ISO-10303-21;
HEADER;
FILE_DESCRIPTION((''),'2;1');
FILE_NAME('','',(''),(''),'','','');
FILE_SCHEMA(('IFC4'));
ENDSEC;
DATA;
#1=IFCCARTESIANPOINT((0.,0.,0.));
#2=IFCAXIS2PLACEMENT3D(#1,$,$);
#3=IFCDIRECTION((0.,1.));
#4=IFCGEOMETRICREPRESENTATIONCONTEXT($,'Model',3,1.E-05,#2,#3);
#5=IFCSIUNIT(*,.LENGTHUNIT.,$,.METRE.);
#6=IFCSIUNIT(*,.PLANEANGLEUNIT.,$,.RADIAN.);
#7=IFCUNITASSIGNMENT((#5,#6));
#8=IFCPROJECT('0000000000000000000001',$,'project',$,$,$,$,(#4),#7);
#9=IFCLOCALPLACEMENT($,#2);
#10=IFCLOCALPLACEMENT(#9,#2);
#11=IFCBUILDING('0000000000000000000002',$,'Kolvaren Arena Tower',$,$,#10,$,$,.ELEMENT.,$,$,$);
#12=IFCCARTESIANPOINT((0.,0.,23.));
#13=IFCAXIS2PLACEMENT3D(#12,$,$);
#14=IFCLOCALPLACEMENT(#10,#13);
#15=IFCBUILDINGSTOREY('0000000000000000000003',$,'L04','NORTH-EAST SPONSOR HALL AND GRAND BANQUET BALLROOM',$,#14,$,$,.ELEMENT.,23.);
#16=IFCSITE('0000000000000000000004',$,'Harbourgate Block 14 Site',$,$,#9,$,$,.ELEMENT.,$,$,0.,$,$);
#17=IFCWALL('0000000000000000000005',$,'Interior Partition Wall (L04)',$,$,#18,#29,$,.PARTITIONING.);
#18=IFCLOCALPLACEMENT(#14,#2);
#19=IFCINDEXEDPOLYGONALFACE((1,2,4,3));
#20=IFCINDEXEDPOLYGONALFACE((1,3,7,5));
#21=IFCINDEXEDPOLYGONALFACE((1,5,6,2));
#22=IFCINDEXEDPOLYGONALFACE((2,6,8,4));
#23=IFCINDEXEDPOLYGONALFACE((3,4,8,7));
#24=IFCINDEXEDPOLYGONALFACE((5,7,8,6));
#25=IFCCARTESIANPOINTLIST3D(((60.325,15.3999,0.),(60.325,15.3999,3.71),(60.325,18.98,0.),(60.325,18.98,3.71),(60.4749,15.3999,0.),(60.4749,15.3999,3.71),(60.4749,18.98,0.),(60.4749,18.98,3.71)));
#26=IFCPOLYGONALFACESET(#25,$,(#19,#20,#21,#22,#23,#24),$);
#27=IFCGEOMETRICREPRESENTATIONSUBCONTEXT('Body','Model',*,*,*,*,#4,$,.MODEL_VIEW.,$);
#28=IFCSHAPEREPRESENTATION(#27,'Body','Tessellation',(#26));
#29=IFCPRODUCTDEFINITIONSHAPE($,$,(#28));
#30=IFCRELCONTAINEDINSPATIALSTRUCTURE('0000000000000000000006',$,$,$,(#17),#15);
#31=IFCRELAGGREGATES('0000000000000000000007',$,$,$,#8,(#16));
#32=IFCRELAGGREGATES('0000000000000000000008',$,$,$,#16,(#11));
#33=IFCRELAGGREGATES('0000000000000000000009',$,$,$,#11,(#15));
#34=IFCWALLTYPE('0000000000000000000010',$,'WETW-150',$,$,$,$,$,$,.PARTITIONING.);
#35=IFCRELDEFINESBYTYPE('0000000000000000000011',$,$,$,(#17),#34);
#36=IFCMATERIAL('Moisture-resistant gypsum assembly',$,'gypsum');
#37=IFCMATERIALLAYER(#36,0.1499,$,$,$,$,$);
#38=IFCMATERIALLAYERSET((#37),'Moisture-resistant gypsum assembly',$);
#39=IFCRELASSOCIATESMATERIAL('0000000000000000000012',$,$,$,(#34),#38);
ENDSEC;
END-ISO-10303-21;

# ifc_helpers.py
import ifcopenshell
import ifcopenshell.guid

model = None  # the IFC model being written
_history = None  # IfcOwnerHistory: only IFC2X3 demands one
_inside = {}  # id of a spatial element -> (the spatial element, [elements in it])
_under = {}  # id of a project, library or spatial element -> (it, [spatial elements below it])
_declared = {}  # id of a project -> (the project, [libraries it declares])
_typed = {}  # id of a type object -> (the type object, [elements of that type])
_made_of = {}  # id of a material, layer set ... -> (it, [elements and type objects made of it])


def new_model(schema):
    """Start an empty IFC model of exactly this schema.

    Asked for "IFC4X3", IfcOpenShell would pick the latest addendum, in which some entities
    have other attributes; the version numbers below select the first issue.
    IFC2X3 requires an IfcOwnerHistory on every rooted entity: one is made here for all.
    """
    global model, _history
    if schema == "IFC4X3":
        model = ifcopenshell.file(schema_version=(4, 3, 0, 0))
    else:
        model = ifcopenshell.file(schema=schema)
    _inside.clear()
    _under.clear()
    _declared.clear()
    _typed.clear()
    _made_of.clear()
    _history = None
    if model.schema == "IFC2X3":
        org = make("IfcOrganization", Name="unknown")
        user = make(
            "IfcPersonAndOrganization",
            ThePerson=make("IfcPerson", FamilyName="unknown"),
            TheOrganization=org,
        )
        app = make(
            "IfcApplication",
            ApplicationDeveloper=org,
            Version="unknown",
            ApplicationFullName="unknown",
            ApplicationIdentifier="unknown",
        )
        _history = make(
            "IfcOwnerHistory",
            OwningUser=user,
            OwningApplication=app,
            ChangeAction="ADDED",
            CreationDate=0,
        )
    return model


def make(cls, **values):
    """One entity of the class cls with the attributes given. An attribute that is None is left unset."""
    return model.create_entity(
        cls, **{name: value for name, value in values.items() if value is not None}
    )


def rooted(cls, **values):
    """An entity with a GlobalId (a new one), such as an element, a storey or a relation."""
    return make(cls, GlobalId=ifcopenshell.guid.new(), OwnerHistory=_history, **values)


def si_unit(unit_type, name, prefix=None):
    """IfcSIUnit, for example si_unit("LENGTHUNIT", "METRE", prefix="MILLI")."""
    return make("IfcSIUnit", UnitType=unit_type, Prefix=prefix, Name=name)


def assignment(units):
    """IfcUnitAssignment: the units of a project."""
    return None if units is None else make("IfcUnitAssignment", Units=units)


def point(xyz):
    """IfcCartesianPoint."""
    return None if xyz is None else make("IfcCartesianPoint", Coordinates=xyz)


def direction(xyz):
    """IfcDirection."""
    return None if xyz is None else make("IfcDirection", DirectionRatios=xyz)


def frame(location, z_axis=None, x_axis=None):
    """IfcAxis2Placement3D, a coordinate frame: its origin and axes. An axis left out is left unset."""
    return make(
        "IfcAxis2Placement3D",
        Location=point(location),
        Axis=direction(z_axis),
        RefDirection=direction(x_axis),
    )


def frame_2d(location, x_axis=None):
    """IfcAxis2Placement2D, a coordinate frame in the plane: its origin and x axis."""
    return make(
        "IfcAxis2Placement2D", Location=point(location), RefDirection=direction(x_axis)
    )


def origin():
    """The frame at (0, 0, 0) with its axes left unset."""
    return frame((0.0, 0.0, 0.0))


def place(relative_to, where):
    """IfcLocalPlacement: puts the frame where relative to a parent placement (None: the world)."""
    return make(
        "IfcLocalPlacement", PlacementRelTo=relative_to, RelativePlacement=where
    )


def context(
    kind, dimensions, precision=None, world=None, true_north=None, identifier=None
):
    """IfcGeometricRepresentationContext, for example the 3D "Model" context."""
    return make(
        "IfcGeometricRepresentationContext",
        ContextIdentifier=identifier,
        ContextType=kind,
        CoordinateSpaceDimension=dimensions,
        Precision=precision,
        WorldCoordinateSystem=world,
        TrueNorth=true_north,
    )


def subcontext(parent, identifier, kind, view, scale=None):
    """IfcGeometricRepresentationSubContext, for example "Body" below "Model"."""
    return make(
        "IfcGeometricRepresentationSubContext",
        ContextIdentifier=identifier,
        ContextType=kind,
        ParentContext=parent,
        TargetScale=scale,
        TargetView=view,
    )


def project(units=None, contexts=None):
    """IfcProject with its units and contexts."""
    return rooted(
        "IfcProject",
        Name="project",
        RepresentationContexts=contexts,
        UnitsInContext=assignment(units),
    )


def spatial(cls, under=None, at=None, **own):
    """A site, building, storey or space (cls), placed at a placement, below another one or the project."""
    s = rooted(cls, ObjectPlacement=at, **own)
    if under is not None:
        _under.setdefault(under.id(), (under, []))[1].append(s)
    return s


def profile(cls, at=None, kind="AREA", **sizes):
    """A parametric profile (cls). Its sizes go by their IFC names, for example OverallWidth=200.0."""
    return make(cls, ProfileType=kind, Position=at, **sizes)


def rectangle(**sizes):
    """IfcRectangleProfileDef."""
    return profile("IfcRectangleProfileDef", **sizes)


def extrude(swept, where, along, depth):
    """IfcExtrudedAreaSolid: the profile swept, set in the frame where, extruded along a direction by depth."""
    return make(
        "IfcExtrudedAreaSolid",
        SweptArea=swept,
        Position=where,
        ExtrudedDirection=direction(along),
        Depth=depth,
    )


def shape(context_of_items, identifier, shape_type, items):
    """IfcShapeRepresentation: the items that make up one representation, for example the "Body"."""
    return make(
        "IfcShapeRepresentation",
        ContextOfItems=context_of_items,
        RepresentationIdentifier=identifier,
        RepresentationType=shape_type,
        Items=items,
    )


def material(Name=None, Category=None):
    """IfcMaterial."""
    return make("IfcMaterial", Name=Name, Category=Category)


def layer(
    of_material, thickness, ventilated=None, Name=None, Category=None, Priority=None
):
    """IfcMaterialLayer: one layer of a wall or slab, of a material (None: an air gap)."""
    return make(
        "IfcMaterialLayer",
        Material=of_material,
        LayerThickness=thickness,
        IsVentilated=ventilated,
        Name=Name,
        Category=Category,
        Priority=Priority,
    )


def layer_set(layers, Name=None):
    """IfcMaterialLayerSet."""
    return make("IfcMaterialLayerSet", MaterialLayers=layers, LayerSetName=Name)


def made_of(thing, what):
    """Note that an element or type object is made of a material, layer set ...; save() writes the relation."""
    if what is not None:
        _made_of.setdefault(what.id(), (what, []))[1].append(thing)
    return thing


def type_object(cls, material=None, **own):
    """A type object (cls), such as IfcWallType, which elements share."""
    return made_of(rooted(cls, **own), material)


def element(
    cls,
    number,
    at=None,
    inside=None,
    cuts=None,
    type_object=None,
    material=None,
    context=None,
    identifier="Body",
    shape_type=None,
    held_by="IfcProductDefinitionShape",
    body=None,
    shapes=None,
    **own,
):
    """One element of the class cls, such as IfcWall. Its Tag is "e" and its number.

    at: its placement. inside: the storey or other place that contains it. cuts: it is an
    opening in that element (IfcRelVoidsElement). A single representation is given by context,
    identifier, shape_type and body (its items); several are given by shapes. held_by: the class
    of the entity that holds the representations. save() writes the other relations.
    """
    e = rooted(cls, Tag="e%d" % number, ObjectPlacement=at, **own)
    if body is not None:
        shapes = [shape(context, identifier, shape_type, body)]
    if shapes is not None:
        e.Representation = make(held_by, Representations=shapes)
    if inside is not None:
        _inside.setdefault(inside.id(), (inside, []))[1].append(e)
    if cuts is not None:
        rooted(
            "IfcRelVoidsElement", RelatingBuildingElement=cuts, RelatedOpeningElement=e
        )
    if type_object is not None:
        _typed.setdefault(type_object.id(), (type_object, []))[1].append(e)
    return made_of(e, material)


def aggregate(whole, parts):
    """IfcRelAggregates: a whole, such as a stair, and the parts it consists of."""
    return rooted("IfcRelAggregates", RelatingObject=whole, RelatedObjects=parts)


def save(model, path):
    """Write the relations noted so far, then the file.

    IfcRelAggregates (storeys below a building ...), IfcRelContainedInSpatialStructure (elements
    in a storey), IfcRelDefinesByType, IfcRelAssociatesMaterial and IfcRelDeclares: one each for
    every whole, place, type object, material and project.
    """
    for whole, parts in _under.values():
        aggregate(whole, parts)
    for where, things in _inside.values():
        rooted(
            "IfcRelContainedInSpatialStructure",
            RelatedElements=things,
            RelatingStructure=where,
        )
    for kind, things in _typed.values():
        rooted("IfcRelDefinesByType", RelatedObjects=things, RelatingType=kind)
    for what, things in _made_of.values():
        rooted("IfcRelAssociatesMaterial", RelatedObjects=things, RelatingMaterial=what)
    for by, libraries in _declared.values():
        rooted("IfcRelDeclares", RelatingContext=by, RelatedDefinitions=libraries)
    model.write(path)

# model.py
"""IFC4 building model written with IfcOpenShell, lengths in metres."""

from ifc_helpers import new_model, si_unit, direction, frame, frame_2d, origin, place, context, subcontext, project, spatial, rectangle, extrude, material, layer, layer_set, type_object, element, save


model = new_model("IFC4")

# Units and contexts
model_context = context("Model", 3, precision=1e-05, world=origin(), true_north=direction((0.0, 1.0)))
body_context = subcontext(model_context, "Body", "Model", "MODEL_VIEW")
ifc_project = project(units=[si_unit("LENGTHUNIT", "METRE"), si_unit("PLANEANGLEUNIT", "RADIAN")], contexts=[model_context])

# Site, building, storey
site_placement = place(None, origin())
site = spatial("IfcSite", under=ifc_project, at=site_placement, Name="Harbourgate Block 14 Site", CompositionType="ELEMENT", RefElevation=0.0)
building_placement = place(site_placement, origin())
building = spatial("IfcBuilding", under=site, at=building_placement, Name="Kolvaren Arena Tower", CompositionType="ELEMENT")
storey_placement = place(building_placement, frame((0.0, 0.0, 23.0)))
storey = spatial("IfcBuildingStorey", under=building, at=storey_placement, Name="L04", Description="NORTH-EAST SPONSOR HALL AND GRAND BANQUET BALLROOM", CompositionType="ELEMENT", Elevation=23.0)

# Wall
ifc_material_1 = material(Name="Moisture-resistant gypsum assembly", Category="gypsum")
ifc_layer_1 = layer(ifc_material_1, 0.1499)
ifc_layer_set_1 = layer_set([ifc_layer_1], Name="Moisture-resistant gypsum assembly")
wall_type_1 = type_object("IfcWallType", Name="WETW-150", PredefinedType="PARTITIONING", material=ifc_layer_set_1)
for number, where, z_axis, x_axis, name in (
    (1, (60.3999, 15.3999, 0.0), (0.0, 0.0, 1.0), (0.0, 1.0, 0.0), "Interior Partition Wall (L04)"),
):
    element("IfcWall", number, at=place(storey_placement, frame(where, z_axis=z_axis, x_axis=x_axis)), inside=storey, type_object=wall_type_1, Name=name, PredefinedType="PARTITIONING", context=body_context, shape_type="SweptSolid", body=[
        extrude(rectangle(XDim=3.5801, YDim=0.1499, at=frame_2d((1.79, 0.0))), origin(), (0.0, 0.0, 1.0), 3.71),
    ])

save(model, "model.ifc")
